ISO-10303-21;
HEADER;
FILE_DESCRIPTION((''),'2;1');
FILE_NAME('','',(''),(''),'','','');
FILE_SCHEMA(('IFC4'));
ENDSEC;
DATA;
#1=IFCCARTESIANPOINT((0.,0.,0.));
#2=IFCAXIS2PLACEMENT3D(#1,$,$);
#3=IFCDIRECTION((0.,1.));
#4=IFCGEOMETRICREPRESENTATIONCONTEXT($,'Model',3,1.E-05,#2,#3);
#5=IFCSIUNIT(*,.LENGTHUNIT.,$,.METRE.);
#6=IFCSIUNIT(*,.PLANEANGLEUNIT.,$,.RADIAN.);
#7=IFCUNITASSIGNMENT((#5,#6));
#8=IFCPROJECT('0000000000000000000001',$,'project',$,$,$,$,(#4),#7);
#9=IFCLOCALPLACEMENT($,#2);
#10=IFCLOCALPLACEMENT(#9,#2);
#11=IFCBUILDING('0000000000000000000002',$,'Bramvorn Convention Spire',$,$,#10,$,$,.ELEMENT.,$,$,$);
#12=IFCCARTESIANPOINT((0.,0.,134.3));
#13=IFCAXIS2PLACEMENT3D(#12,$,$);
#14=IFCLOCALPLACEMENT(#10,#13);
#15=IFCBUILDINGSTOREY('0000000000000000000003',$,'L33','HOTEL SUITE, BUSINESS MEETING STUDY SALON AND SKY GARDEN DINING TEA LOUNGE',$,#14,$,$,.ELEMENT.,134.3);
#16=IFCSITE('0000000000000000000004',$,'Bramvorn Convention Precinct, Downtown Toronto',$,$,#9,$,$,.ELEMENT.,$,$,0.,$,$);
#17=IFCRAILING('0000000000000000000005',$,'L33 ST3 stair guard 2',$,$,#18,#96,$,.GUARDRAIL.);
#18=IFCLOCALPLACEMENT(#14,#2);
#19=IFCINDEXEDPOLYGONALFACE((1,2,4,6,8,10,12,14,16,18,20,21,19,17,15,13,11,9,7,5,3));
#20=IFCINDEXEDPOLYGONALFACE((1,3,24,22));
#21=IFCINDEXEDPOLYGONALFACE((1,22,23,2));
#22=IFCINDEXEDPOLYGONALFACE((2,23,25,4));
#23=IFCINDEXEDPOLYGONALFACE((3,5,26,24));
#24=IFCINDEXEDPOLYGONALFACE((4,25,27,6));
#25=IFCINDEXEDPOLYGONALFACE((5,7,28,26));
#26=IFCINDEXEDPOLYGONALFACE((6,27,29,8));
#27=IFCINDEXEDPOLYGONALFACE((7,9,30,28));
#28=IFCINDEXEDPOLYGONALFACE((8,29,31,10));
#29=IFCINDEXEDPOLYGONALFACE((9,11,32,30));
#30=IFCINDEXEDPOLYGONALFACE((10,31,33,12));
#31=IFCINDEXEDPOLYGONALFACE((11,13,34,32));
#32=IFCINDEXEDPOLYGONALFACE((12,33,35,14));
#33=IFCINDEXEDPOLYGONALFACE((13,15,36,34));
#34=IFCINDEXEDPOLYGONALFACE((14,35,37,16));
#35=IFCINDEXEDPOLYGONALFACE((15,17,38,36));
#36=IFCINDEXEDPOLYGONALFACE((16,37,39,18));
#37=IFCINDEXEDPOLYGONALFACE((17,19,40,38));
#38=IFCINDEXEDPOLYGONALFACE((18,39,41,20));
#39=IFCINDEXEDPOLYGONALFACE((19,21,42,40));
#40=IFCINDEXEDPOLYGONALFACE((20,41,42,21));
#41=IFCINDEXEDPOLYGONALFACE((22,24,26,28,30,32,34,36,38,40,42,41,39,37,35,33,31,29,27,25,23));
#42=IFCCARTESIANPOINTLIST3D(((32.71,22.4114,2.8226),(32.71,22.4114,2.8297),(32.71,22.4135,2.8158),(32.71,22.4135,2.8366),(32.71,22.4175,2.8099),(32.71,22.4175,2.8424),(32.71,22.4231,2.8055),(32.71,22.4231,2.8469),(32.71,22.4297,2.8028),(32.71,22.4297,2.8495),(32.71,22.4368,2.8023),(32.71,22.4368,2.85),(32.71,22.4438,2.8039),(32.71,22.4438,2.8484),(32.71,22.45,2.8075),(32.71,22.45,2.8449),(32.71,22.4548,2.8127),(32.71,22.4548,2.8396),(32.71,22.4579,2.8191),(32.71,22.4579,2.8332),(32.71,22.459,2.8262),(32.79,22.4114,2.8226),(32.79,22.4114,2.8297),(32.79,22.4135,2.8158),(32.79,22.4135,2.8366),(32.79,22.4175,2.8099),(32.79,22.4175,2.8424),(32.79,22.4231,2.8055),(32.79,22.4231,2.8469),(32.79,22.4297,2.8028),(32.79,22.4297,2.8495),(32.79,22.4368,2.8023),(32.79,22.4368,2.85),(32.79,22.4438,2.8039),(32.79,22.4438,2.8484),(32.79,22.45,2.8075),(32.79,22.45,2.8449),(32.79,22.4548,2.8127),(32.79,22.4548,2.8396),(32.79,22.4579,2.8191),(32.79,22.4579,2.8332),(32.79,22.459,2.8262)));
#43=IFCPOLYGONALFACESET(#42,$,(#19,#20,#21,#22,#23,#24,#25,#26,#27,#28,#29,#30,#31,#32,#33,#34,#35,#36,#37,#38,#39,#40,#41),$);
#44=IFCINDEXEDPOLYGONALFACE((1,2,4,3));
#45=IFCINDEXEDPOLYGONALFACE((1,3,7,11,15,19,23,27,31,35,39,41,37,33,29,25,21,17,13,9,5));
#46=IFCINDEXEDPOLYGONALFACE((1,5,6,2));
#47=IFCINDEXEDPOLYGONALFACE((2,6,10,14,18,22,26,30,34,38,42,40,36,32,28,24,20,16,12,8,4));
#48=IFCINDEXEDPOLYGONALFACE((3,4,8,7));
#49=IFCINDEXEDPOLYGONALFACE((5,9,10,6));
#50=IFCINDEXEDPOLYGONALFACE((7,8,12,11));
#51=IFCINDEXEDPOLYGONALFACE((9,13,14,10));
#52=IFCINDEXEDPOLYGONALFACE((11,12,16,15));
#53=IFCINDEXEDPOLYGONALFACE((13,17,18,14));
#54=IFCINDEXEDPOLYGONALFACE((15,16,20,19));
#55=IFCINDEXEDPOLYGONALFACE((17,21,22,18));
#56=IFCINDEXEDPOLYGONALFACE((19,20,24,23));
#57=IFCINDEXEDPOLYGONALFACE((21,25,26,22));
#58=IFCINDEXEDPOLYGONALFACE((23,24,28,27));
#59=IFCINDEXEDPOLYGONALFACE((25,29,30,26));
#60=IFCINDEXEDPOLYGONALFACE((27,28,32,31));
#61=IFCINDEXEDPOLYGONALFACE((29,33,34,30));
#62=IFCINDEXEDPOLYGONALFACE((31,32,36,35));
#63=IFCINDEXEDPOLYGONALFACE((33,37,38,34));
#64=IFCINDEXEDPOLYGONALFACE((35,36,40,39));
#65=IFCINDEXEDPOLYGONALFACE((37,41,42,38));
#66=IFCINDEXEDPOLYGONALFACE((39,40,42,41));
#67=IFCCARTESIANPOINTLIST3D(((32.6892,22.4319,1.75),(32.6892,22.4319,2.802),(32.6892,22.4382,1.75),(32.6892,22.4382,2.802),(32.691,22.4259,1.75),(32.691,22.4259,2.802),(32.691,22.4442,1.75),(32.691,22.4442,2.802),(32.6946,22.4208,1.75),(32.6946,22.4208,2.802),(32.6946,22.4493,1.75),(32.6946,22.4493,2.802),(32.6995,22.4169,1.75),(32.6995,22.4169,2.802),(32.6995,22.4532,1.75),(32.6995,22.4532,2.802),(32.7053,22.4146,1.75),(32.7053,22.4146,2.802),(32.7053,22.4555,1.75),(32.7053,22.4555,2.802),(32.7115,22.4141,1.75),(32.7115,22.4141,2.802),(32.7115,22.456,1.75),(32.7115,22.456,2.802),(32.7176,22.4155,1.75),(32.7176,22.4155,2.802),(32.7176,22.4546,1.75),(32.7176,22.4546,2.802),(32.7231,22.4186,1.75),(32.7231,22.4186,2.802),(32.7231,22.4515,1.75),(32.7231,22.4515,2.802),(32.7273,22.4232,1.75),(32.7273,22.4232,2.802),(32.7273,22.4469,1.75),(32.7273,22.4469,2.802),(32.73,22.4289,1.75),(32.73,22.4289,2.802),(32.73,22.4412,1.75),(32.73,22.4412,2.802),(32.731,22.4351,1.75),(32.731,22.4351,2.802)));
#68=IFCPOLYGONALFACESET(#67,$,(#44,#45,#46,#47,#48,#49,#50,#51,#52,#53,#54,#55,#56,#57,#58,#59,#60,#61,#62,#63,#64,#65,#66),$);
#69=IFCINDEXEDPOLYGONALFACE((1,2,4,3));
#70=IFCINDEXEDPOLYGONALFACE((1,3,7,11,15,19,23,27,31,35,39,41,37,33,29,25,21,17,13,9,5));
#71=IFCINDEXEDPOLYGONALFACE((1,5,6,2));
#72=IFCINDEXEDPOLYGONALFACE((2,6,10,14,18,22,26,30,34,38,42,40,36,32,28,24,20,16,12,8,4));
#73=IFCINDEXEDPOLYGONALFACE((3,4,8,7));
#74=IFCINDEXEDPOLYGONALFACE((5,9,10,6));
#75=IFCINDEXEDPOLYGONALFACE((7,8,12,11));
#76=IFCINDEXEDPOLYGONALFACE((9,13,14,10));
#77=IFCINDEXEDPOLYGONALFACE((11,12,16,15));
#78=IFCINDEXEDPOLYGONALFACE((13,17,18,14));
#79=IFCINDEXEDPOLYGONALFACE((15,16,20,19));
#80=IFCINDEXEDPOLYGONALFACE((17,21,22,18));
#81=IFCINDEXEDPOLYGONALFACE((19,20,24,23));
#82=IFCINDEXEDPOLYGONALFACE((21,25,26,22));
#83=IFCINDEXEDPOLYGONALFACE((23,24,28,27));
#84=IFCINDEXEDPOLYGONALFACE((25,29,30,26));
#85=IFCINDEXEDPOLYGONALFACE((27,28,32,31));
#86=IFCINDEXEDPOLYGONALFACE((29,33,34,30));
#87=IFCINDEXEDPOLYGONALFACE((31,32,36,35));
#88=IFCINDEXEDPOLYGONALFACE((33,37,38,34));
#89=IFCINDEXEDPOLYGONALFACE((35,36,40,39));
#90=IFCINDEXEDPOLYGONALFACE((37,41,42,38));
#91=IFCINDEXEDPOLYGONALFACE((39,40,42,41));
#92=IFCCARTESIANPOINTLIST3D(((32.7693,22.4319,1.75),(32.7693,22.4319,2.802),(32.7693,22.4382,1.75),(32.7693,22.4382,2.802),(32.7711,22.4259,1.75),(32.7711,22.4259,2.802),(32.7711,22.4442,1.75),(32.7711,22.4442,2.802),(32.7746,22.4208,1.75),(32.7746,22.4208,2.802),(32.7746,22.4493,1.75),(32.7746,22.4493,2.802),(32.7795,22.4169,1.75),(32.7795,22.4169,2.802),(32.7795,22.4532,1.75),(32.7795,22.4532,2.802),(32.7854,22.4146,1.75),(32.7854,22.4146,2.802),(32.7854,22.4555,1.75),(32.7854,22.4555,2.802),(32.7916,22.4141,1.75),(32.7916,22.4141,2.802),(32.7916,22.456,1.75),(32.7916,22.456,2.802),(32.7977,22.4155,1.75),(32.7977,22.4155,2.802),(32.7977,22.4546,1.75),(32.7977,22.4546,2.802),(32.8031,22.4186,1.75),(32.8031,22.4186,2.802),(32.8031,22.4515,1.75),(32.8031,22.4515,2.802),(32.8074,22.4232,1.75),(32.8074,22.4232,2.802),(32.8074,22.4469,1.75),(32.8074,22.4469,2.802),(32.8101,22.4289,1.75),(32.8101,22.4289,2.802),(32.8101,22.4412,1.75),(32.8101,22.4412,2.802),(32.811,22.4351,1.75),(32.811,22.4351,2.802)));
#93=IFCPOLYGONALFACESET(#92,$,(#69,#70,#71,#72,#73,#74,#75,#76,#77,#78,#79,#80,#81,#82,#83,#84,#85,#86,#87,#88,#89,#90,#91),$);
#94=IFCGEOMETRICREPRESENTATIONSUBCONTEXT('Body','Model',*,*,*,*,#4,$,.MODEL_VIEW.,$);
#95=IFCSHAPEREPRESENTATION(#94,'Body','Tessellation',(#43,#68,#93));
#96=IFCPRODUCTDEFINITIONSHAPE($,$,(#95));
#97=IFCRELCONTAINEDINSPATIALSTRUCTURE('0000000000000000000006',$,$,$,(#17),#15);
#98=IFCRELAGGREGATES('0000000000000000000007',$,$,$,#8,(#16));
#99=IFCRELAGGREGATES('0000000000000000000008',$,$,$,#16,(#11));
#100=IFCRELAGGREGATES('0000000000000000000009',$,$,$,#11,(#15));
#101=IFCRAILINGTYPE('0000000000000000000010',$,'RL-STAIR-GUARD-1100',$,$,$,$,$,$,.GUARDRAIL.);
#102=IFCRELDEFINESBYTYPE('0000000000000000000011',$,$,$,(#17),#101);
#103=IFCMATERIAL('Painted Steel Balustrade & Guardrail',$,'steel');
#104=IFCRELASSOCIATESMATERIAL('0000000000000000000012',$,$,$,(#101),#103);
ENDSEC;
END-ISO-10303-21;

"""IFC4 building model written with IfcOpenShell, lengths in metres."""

from ifc_helpers import new_model, si_unit, direction, frame, origin, origin_2d, place, context, subcontext, project, spatial, circle, extrude, material, type_object, element, save


model = new_model("IFC4")

# Units and contexts
model_context = context("Model", 3, precision=1e-05, world=origin(), true_north=direction((0.0, 1.0)))
body_context = subcontext(model_context, "Body", "Model", "MODEL_VIEW")
ifc_project = project(units=[si_unit("LENGTHUNIT", "METRE"), si_unit("PLANEANGLEUNIT", "RADIAN")], contexts=[model_context])

# Site, building, storey
site_placement = place(None, origin())
site = spatial("IfcSite", under=ifc_project, at=site_placement, Name="Bramvorn Convention Precinct, Downtown Toronto", CompositionType="ELEMENT", RefElevation=0.0)
building_placement = place(site_placement, origin())
building = spatial("IfcBuilding", under=site, at=building_placement, Name="Bramvorn Convention Spire", CompositionType="ELEMENT")
storey_placement = place(building_placement, frame((0.0, 0.0, 134.3)))
storey = spatial("IfcBuildingStorey", under=building, at=storey_placement, Name="L33", Description="HOTEL SUITE, BUSINESS MEETING STUDY SALON AND SKY GARDEN DINING TEA LOUNGE", CompositionType="ELEMENT", Elevation=134.3)

# Railing
ifc_material_1 = material(Name="Painted Steel Balustrade & Guardrail", Category="steel")
railing_type = type_object("IfcRailingType", Name="RL-STAIR-GUARD-1100", PredefinedType="GUARDRAIL", material=ifc_material_1)
railing_1_placement = place(storey_placement, frame((32.71, 22.4351, 1.75)))
element("IfcRailing", 1, at=railing_1_placement, inside=storey, type_object=railing_type, Name="L33 ST3 stair guard 2", PredefinedType="GUARDRAIL", context=body_context, shape_type="SweptSolid", body=[
    extrude(circle(Radius=0.0239, at=origin_2d()), frame((0.0, 0.0, 1.0762), z_axis=(1.0, 0.0, 0.0), x_axis=(0.0, 1.0, 0.0)), (0.0, 0.0, 1.0), 0.0801),
    extrude(circle(Radius=0.021, at=origin_2d()), origin(), (0.0, 0.0, 1.0), 1.052),
    extrude(circle(Radius=0.021, at=origin_2d()), frame((0.0801, 0.0, 0.0)), (0.0, 0.0, 1.0), 1.052),
])

save(model, "model.ifc")
